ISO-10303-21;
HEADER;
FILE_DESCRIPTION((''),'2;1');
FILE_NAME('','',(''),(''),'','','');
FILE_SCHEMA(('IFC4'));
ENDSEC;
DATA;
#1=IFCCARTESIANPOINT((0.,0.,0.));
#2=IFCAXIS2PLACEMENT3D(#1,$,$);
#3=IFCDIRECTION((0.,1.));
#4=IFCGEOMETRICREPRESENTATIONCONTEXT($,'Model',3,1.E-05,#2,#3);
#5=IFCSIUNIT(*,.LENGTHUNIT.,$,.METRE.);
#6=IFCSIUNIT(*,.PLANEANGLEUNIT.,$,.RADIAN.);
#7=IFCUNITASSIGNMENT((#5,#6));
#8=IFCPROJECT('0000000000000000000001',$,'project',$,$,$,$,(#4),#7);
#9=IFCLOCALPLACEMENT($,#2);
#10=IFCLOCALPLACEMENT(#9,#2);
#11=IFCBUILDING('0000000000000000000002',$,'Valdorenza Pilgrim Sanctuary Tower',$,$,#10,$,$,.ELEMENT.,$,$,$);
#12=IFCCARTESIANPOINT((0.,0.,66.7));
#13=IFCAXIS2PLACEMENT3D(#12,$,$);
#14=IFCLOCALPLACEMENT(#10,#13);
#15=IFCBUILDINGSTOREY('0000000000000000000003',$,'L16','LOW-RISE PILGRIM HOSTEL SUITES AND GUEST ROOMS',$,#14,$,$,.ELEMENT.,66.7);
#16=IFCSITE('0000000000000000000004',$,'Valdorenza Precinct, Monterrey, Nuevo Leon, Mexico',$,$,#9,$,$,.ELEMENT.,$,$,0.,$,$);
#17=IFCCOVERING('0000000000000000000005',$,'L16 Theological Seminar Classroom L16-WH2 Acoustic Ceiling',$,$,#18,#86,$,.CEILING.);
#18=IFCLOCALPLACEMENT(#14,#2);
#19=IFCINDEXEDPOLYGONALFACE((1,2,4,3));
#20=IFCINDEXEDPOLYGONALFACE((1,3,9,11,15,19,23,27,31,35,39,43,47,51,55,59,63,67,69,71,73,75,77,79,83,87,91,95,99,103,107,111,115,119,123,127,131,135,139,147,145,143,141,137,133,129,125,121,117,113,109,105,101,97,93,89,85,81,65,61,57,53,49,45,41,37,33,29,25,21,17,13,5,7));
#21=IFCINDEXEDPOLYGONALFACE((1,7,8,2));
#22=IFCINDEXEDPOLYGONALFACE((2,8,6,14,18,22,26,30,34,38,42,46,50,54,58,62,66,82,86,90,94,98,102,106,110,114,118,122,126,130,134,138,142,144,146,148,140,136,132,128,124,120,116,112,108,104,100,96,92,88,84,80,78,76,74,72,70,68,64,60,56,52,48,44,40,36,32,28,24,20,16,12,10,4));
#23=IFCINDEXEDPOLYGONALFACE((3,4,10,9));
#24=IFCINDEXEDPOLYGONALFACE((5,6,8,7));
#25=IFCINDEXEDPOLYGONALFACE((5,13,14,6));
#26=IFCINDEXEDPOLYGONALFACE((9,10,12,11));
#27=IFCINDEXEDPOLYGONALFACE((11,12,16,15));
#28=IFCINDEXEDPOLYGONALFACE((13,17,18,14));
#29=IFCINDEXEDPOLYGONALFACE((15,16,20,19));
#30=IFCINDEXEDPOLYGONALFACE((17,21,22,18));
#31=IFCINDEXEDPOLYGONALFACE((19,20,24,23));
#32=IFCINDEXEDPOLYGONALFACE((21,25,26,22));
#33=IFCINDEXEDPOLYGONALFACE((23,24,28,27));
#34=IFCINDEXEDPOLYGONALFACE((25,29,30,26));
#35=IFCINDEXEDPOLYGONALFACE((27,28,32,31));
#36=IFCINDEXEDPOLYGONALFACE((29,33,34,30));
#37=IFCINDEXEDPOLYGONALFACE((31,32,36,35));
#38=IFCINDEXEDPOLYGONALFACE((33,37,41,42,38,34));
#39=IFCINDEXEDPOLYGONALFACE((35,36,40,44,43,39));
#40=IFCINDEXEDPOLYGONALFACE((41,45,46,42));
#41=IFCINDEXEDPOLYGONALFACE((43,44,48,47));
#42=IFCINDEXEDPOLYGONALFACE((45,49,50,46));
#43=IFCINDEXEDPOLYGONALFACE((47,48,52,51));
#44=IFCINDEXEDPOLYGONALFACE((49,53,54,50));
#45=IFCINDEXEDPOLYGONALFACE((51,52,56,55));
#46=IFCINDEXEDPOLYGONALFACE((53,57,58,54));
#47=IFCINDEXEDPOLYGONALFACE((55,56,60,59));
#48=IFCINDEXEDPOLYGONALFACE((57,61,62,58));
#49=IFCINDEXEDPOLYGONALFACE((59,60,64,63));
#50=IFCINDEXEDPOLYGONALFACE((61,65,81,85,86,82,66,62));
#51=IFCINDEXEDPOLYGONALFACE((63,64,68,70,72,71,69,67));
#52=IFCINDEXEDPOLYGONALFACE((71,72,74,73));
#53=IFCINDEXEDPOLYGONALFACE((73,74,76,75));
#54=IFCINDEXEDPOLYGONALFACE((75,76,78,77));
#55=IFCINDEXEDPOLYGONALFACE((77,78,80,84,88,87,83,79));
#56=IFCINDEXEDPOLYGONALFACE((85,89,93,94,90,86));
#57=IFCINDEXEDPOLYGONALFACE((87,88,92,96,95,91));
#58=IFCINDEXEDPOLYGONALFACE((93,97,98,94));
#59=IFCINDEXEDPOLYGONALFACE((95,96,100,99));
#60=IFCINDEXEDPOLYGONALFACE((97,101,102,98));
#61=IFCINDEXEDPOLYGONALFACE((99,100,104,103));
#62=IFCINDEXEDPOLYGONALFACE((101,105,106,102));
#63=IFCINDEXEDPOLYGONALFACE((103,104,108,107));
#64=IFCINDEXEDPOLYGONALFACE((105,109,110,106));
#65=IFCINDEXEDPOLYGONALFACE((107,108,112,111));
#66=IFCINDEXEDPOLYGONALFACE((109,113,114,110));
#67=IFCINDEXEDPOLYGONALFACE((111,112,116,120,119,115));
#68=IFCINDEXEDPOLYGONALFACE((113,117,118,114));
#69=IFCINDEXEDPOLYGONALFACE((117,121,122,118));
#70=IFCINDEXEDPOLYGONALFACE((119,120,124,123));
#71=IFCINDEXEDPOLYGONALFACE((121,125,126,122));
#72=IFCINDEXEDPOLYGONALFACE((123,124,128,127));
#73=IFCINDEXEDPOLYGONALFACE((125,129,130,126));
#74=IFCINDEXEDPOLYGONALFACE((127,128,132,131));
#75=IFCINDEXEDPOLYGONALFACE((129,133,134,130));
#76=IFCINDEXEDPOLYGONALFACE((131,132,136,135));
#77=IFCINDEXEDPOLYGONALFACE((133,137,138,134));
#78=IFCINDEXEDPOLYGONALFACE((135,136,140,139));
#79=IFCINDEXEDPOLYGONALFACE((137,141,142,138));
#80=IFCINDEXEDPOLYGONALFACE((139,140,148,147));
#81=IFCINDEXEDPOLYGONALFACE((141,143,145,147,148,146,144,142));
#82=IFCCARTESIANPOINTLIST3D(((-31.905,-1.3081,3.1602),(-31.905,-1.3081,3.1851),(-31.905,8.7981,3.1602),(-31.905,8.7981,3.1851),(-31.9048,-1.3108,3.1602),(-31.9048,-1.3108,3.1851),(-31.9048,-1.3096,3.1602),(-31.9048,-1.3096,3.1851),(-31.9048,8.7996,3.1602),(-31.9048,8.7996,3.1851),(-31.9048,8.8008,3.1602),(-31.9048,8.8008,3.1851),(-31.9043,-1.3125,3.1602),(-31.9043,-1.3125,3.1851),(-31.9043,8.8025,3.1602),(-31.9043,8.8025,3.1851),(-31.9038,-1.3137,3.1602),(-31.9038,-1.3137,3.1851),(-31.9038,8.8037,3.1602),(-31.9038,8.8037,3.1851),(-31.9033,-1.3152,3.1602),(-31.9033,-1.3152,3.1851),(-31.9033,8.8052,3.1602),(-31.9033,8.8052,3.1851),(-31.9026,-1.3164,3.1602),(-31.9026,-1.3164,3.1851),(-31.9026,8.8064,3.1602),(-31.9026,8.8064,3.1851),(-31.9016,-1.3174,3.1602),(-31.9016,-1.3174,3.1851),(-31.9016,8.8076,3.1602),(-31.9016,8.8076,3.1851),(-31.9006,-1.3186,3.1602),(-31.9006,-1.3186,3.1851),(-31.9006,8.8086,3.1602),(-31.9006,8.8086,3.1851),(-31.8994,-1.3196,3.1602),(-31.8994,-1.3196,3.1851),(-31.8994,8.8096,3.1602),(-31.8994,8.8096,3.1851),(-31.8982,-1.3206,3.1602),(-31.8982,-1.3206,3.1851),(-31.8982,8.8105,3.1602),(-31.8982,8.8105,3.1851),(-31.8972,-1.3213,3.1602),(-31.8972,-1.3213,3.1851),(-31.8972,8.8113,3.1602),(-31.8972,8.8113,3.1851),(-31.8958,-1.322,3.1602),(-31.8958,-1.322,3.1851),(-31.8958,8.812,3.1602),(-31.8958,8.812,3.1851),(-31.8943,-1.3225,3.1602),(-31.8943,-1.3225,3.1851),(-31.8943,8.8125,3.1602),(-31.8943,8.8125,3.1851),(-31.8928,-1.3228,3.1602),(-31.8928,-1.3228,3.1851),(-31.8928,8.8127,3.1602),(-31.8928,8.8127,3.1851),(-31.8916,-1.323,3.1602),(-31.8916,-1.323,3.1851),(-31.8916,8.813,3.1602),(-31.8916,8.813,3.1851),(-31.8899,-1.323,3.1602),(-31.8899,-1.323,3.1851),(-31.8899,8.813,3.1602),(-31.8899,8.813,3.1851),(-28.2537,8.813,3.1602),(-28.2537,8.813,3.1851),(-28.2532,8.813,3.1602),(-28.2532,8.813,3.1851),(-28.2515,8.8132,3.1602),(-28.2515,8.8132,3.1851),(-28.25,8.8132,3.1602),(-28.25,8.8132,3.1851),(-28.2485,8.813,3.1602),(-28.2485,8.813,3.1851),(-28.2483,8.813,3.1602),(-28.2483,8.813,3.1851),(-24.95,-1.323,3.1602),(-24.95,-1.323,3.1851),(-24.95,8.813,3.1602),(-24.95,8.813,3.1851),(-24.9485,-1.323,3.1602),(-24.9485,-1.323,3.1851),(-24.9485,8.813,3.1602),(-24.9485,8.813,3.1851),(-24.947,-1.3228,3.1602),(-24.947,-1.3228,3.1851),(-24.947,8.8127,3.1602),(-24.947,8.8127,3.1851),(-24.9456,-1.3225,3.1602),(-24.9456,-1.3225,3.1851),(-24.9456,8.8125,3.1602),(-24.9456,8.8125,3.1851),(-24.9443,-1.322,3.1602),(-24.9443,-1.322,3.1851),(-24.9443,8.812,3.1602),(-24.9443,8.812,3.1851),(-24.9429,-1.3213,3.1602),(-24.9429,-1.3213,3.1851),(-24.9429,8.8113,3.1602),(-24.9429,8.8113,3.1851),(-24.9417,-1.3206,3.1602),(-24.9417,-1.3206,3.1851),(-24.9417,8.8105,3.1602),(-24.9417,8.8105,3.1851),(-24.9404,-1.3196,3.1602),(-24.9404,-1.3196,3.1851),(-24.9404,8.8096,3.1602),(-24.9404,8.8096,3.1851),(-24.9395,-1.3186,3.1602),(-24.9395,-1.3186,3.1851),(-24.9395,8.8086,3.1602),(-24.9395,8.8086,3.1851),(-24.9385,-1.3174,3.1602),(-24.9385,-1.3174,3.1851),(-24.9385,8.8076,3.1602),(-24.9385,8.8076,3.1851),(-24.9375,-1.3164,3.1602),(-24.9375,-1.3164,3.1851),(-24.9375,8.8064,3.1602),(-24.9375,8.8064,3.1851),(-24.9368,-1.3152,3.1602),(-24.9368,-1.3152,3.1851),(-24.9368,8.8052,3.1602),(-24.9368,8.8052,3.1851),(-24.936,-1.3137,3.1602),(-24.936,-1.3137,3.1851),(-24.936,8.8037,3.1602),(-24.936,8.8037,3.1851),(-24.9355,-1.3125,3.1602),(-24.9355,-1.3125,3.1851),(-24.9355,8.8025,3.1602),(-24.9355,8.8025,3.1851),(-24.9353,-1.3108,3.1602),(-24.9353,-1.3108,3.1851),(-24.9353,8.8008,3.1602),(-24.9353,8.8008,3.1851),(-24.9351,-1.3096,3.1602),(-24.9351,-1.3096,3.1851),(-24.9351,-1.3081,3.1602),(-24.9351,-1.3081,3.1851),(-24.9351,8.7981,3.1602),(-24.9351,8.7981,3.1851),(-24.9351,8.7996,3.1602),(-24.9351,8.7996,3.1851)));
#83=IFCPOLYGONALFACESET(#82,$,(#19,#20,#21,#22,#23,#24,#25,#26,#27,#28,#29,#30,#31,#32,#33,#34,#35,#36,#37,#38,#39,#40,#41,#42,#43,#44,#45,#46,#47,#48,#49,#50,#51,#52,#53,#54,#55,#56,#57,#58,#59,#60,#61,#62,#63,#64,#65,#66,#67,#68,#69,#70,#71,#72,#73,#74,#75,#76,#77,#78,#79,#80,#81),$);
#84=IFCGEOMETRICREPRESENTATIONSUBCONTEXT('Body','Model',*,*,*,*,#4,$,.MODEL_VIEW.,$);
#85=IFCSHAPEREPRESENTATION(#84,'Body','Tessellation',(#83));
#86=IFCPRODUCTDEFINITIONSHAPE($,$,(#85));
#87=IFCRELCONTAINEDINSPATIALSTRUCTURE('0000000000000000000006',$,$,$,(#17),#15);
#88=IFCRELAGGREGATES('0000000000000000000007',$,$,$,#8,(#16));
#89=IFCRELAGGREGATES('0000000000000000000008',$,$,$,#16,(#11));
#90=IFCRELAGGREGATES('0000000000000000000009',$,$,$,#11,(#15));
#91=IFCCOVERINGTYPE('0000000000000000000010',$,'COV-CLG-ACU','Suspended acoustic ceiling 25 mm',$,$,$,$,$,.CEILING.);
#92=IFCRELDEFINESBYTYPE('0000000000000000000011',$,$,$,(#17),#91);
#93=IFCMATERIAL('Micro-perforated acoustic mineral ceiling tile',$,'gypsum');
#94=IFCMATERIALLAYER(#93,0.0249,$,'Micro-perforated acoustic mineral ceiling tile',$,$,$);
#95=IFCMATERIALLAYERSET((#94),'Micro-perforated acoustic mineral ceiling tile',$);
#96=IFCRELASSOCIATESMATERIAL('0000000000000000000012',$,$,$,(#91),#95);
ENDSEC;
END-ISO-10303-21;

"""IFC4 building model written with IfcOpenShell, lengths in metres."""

from ifc_helpers import new_model, si_unit, direction, frame, origin, place, context, subcontext, project, spatial, polyline, outline, extrude, material, layer, layer_set, type_object, element, save


model = new_model("IFC4")

# Units and contexts
model_context = context("Model", 3, precision=1e-05, world=origin(), true_north=direction((0.0, 1.0)))
body_context = subcontext(model_context, "Body", "Model", "MODEL_VIEW")
ifc_project = project(units=[si_unit("LENGTHUNIT", "METRE"), si_unit("PLANEANGLEUNIT", "RADIAN")], contexts=[model_context])

# Site, building, storey
site_placement = place(None, origin())
site = spatial("IfcSite", under=ifc_project, at=site_placement, Name="Valdorenza Precinct, Monterrey, Nuevo Leon, Mexico", CompositionType="ELEMENT", RefElevation=0.0)
building_placement = place(site_placement, origin())
building = spatial("IfcBuilding", under=site, at=building_placement, Name="Valdorenza Pilgrim Sanctuary Tower", CompositionType="ELEMENT")
storey_placement = place(building_placement, frame((0.0, 0.0, 66.7)))
storey = spatial("IfcBuildingStorey", under=building, at=storey_placement, Name="L16", Description="LOW-RISE PILGRIM HOSTEL SUITES AND GUEST ROOMS", CompositionType="ELEMENT", Elevation=66.7)

# Covering
ifc_material_1 = material(Name="Micro-perforated acoustic mineral ceiling tile", Category="gypsum")
ifc_layer_1 = layer(ifc_material_1, 0.0249, Name="Micro-perforated acoustic mineral ceiling tile")
ifc_layer_set_1 = layer_set([ifc_layer_1], Name="Micro-perforated acoustic mineral ceiling tile")
covering_type_1 = type_object("IfcCoveringType", Name="COV-CLG-ACU", Description="Suspended acoustic ceiling 25 mm", PredefinedType="CEILING", material=ifc_layer_set_1)
covering_1_placement = place(storey_placement, frame((0.0, 0.0, 3.1602)))
element("IfcCovering", 1, at=covering_1_placement, inside=storey, type_object=covering_type_1, Name="L16 Theological Seminar Classroom L16-WH2 Acoustic Ceiling", PredefinedType="CEILING", context=body_context, shape_type="SweptSolid", body=[
    extrude(outline(polyline([(-28.2537, 8.813), (-28.2532, 8.813), (-28.2515, 8.8132), (-28.25, 8.8132), (-28.2485, 8.813), (-28.2483, 8.813), (-24.95, 8.813), (-24.9485, 8.813), (-24.947, 8.8127), (-24.9456, 8.8125), (-24.9443, 8.812), (-24.9429, 8.8113), (-24.9417, 8.8105), (-24.9404, 8.8096), (-24.9395, 8.8086), (-24.9385, 8.8076), (-24.9375, 8.8064), (-24.9368, 8.8052), (-24.936, 8.8037), (-24.9355, 8.8025), (-24.9353, 8.8008), (-24.9351, 8.7996), (-24.9351, 8.7981), (-24.9351, -1.3081), (-24.9351, -1.3096), (-24.9353, -1.3108), (-24.9355, -1.3125), (-24.936, -1.3137), (-24.9368, -1.3152), (-24.9375, -1.3164), (-24.9385, -1.3174), (-24.9395, -1.3186), (-24.9404, -1.3196), (-24.9417, -1.3206), (-24.9429, -1.3213), (-24.9443, -1.322), (-24.9456, -1.3225), (-24.947, -1.3228), (-24.9485, -1.323), (-24.95, -1.323), (-31.8899, -1.323), (-31.8916, -1.323), (-31.8928, -1.3228), (-31.8943, -1.3225), (-31.8958, -1.322), (-31.8972, -1.3213), (-31.8982, -1.3206), (-31.8994, -1.3196), (-31.9006, -1.3186), (-31.9016, -1.3174), (-31.9026, -1.3164), (-31.9033, -1.3152), (-31.9038, -1.3137), (-31.9043, -1.3125), (-31.9048, -1.3108), (-31.9048, -1.3096), (-31.905, -1.3081), (-31.905, 8.7981), (-31.9048, 8.7996), (-31.9048, 8.8008), (-31.9043, 8.8025), (-31.9038, 8.8037), (-31.9033, 8.8052), (-31.9026, 8.8064), (-31.9016, 8.8076), (-31.9006, 8.8086), (-31.8994, 8.8096), (-31.8982, 8.8105), (-31.8972, 8.8113), (-31.8958, 8.812), (-31.8943, 8.8125), (-31.8928, 8.8127), (-31.8916, 8.813), (-31.8899, 8.813), (-28.2537, 8.813)])), origin(), (0.0, 0.0, 1.0), 0.0249),
])

save(model, "model.ifc")
